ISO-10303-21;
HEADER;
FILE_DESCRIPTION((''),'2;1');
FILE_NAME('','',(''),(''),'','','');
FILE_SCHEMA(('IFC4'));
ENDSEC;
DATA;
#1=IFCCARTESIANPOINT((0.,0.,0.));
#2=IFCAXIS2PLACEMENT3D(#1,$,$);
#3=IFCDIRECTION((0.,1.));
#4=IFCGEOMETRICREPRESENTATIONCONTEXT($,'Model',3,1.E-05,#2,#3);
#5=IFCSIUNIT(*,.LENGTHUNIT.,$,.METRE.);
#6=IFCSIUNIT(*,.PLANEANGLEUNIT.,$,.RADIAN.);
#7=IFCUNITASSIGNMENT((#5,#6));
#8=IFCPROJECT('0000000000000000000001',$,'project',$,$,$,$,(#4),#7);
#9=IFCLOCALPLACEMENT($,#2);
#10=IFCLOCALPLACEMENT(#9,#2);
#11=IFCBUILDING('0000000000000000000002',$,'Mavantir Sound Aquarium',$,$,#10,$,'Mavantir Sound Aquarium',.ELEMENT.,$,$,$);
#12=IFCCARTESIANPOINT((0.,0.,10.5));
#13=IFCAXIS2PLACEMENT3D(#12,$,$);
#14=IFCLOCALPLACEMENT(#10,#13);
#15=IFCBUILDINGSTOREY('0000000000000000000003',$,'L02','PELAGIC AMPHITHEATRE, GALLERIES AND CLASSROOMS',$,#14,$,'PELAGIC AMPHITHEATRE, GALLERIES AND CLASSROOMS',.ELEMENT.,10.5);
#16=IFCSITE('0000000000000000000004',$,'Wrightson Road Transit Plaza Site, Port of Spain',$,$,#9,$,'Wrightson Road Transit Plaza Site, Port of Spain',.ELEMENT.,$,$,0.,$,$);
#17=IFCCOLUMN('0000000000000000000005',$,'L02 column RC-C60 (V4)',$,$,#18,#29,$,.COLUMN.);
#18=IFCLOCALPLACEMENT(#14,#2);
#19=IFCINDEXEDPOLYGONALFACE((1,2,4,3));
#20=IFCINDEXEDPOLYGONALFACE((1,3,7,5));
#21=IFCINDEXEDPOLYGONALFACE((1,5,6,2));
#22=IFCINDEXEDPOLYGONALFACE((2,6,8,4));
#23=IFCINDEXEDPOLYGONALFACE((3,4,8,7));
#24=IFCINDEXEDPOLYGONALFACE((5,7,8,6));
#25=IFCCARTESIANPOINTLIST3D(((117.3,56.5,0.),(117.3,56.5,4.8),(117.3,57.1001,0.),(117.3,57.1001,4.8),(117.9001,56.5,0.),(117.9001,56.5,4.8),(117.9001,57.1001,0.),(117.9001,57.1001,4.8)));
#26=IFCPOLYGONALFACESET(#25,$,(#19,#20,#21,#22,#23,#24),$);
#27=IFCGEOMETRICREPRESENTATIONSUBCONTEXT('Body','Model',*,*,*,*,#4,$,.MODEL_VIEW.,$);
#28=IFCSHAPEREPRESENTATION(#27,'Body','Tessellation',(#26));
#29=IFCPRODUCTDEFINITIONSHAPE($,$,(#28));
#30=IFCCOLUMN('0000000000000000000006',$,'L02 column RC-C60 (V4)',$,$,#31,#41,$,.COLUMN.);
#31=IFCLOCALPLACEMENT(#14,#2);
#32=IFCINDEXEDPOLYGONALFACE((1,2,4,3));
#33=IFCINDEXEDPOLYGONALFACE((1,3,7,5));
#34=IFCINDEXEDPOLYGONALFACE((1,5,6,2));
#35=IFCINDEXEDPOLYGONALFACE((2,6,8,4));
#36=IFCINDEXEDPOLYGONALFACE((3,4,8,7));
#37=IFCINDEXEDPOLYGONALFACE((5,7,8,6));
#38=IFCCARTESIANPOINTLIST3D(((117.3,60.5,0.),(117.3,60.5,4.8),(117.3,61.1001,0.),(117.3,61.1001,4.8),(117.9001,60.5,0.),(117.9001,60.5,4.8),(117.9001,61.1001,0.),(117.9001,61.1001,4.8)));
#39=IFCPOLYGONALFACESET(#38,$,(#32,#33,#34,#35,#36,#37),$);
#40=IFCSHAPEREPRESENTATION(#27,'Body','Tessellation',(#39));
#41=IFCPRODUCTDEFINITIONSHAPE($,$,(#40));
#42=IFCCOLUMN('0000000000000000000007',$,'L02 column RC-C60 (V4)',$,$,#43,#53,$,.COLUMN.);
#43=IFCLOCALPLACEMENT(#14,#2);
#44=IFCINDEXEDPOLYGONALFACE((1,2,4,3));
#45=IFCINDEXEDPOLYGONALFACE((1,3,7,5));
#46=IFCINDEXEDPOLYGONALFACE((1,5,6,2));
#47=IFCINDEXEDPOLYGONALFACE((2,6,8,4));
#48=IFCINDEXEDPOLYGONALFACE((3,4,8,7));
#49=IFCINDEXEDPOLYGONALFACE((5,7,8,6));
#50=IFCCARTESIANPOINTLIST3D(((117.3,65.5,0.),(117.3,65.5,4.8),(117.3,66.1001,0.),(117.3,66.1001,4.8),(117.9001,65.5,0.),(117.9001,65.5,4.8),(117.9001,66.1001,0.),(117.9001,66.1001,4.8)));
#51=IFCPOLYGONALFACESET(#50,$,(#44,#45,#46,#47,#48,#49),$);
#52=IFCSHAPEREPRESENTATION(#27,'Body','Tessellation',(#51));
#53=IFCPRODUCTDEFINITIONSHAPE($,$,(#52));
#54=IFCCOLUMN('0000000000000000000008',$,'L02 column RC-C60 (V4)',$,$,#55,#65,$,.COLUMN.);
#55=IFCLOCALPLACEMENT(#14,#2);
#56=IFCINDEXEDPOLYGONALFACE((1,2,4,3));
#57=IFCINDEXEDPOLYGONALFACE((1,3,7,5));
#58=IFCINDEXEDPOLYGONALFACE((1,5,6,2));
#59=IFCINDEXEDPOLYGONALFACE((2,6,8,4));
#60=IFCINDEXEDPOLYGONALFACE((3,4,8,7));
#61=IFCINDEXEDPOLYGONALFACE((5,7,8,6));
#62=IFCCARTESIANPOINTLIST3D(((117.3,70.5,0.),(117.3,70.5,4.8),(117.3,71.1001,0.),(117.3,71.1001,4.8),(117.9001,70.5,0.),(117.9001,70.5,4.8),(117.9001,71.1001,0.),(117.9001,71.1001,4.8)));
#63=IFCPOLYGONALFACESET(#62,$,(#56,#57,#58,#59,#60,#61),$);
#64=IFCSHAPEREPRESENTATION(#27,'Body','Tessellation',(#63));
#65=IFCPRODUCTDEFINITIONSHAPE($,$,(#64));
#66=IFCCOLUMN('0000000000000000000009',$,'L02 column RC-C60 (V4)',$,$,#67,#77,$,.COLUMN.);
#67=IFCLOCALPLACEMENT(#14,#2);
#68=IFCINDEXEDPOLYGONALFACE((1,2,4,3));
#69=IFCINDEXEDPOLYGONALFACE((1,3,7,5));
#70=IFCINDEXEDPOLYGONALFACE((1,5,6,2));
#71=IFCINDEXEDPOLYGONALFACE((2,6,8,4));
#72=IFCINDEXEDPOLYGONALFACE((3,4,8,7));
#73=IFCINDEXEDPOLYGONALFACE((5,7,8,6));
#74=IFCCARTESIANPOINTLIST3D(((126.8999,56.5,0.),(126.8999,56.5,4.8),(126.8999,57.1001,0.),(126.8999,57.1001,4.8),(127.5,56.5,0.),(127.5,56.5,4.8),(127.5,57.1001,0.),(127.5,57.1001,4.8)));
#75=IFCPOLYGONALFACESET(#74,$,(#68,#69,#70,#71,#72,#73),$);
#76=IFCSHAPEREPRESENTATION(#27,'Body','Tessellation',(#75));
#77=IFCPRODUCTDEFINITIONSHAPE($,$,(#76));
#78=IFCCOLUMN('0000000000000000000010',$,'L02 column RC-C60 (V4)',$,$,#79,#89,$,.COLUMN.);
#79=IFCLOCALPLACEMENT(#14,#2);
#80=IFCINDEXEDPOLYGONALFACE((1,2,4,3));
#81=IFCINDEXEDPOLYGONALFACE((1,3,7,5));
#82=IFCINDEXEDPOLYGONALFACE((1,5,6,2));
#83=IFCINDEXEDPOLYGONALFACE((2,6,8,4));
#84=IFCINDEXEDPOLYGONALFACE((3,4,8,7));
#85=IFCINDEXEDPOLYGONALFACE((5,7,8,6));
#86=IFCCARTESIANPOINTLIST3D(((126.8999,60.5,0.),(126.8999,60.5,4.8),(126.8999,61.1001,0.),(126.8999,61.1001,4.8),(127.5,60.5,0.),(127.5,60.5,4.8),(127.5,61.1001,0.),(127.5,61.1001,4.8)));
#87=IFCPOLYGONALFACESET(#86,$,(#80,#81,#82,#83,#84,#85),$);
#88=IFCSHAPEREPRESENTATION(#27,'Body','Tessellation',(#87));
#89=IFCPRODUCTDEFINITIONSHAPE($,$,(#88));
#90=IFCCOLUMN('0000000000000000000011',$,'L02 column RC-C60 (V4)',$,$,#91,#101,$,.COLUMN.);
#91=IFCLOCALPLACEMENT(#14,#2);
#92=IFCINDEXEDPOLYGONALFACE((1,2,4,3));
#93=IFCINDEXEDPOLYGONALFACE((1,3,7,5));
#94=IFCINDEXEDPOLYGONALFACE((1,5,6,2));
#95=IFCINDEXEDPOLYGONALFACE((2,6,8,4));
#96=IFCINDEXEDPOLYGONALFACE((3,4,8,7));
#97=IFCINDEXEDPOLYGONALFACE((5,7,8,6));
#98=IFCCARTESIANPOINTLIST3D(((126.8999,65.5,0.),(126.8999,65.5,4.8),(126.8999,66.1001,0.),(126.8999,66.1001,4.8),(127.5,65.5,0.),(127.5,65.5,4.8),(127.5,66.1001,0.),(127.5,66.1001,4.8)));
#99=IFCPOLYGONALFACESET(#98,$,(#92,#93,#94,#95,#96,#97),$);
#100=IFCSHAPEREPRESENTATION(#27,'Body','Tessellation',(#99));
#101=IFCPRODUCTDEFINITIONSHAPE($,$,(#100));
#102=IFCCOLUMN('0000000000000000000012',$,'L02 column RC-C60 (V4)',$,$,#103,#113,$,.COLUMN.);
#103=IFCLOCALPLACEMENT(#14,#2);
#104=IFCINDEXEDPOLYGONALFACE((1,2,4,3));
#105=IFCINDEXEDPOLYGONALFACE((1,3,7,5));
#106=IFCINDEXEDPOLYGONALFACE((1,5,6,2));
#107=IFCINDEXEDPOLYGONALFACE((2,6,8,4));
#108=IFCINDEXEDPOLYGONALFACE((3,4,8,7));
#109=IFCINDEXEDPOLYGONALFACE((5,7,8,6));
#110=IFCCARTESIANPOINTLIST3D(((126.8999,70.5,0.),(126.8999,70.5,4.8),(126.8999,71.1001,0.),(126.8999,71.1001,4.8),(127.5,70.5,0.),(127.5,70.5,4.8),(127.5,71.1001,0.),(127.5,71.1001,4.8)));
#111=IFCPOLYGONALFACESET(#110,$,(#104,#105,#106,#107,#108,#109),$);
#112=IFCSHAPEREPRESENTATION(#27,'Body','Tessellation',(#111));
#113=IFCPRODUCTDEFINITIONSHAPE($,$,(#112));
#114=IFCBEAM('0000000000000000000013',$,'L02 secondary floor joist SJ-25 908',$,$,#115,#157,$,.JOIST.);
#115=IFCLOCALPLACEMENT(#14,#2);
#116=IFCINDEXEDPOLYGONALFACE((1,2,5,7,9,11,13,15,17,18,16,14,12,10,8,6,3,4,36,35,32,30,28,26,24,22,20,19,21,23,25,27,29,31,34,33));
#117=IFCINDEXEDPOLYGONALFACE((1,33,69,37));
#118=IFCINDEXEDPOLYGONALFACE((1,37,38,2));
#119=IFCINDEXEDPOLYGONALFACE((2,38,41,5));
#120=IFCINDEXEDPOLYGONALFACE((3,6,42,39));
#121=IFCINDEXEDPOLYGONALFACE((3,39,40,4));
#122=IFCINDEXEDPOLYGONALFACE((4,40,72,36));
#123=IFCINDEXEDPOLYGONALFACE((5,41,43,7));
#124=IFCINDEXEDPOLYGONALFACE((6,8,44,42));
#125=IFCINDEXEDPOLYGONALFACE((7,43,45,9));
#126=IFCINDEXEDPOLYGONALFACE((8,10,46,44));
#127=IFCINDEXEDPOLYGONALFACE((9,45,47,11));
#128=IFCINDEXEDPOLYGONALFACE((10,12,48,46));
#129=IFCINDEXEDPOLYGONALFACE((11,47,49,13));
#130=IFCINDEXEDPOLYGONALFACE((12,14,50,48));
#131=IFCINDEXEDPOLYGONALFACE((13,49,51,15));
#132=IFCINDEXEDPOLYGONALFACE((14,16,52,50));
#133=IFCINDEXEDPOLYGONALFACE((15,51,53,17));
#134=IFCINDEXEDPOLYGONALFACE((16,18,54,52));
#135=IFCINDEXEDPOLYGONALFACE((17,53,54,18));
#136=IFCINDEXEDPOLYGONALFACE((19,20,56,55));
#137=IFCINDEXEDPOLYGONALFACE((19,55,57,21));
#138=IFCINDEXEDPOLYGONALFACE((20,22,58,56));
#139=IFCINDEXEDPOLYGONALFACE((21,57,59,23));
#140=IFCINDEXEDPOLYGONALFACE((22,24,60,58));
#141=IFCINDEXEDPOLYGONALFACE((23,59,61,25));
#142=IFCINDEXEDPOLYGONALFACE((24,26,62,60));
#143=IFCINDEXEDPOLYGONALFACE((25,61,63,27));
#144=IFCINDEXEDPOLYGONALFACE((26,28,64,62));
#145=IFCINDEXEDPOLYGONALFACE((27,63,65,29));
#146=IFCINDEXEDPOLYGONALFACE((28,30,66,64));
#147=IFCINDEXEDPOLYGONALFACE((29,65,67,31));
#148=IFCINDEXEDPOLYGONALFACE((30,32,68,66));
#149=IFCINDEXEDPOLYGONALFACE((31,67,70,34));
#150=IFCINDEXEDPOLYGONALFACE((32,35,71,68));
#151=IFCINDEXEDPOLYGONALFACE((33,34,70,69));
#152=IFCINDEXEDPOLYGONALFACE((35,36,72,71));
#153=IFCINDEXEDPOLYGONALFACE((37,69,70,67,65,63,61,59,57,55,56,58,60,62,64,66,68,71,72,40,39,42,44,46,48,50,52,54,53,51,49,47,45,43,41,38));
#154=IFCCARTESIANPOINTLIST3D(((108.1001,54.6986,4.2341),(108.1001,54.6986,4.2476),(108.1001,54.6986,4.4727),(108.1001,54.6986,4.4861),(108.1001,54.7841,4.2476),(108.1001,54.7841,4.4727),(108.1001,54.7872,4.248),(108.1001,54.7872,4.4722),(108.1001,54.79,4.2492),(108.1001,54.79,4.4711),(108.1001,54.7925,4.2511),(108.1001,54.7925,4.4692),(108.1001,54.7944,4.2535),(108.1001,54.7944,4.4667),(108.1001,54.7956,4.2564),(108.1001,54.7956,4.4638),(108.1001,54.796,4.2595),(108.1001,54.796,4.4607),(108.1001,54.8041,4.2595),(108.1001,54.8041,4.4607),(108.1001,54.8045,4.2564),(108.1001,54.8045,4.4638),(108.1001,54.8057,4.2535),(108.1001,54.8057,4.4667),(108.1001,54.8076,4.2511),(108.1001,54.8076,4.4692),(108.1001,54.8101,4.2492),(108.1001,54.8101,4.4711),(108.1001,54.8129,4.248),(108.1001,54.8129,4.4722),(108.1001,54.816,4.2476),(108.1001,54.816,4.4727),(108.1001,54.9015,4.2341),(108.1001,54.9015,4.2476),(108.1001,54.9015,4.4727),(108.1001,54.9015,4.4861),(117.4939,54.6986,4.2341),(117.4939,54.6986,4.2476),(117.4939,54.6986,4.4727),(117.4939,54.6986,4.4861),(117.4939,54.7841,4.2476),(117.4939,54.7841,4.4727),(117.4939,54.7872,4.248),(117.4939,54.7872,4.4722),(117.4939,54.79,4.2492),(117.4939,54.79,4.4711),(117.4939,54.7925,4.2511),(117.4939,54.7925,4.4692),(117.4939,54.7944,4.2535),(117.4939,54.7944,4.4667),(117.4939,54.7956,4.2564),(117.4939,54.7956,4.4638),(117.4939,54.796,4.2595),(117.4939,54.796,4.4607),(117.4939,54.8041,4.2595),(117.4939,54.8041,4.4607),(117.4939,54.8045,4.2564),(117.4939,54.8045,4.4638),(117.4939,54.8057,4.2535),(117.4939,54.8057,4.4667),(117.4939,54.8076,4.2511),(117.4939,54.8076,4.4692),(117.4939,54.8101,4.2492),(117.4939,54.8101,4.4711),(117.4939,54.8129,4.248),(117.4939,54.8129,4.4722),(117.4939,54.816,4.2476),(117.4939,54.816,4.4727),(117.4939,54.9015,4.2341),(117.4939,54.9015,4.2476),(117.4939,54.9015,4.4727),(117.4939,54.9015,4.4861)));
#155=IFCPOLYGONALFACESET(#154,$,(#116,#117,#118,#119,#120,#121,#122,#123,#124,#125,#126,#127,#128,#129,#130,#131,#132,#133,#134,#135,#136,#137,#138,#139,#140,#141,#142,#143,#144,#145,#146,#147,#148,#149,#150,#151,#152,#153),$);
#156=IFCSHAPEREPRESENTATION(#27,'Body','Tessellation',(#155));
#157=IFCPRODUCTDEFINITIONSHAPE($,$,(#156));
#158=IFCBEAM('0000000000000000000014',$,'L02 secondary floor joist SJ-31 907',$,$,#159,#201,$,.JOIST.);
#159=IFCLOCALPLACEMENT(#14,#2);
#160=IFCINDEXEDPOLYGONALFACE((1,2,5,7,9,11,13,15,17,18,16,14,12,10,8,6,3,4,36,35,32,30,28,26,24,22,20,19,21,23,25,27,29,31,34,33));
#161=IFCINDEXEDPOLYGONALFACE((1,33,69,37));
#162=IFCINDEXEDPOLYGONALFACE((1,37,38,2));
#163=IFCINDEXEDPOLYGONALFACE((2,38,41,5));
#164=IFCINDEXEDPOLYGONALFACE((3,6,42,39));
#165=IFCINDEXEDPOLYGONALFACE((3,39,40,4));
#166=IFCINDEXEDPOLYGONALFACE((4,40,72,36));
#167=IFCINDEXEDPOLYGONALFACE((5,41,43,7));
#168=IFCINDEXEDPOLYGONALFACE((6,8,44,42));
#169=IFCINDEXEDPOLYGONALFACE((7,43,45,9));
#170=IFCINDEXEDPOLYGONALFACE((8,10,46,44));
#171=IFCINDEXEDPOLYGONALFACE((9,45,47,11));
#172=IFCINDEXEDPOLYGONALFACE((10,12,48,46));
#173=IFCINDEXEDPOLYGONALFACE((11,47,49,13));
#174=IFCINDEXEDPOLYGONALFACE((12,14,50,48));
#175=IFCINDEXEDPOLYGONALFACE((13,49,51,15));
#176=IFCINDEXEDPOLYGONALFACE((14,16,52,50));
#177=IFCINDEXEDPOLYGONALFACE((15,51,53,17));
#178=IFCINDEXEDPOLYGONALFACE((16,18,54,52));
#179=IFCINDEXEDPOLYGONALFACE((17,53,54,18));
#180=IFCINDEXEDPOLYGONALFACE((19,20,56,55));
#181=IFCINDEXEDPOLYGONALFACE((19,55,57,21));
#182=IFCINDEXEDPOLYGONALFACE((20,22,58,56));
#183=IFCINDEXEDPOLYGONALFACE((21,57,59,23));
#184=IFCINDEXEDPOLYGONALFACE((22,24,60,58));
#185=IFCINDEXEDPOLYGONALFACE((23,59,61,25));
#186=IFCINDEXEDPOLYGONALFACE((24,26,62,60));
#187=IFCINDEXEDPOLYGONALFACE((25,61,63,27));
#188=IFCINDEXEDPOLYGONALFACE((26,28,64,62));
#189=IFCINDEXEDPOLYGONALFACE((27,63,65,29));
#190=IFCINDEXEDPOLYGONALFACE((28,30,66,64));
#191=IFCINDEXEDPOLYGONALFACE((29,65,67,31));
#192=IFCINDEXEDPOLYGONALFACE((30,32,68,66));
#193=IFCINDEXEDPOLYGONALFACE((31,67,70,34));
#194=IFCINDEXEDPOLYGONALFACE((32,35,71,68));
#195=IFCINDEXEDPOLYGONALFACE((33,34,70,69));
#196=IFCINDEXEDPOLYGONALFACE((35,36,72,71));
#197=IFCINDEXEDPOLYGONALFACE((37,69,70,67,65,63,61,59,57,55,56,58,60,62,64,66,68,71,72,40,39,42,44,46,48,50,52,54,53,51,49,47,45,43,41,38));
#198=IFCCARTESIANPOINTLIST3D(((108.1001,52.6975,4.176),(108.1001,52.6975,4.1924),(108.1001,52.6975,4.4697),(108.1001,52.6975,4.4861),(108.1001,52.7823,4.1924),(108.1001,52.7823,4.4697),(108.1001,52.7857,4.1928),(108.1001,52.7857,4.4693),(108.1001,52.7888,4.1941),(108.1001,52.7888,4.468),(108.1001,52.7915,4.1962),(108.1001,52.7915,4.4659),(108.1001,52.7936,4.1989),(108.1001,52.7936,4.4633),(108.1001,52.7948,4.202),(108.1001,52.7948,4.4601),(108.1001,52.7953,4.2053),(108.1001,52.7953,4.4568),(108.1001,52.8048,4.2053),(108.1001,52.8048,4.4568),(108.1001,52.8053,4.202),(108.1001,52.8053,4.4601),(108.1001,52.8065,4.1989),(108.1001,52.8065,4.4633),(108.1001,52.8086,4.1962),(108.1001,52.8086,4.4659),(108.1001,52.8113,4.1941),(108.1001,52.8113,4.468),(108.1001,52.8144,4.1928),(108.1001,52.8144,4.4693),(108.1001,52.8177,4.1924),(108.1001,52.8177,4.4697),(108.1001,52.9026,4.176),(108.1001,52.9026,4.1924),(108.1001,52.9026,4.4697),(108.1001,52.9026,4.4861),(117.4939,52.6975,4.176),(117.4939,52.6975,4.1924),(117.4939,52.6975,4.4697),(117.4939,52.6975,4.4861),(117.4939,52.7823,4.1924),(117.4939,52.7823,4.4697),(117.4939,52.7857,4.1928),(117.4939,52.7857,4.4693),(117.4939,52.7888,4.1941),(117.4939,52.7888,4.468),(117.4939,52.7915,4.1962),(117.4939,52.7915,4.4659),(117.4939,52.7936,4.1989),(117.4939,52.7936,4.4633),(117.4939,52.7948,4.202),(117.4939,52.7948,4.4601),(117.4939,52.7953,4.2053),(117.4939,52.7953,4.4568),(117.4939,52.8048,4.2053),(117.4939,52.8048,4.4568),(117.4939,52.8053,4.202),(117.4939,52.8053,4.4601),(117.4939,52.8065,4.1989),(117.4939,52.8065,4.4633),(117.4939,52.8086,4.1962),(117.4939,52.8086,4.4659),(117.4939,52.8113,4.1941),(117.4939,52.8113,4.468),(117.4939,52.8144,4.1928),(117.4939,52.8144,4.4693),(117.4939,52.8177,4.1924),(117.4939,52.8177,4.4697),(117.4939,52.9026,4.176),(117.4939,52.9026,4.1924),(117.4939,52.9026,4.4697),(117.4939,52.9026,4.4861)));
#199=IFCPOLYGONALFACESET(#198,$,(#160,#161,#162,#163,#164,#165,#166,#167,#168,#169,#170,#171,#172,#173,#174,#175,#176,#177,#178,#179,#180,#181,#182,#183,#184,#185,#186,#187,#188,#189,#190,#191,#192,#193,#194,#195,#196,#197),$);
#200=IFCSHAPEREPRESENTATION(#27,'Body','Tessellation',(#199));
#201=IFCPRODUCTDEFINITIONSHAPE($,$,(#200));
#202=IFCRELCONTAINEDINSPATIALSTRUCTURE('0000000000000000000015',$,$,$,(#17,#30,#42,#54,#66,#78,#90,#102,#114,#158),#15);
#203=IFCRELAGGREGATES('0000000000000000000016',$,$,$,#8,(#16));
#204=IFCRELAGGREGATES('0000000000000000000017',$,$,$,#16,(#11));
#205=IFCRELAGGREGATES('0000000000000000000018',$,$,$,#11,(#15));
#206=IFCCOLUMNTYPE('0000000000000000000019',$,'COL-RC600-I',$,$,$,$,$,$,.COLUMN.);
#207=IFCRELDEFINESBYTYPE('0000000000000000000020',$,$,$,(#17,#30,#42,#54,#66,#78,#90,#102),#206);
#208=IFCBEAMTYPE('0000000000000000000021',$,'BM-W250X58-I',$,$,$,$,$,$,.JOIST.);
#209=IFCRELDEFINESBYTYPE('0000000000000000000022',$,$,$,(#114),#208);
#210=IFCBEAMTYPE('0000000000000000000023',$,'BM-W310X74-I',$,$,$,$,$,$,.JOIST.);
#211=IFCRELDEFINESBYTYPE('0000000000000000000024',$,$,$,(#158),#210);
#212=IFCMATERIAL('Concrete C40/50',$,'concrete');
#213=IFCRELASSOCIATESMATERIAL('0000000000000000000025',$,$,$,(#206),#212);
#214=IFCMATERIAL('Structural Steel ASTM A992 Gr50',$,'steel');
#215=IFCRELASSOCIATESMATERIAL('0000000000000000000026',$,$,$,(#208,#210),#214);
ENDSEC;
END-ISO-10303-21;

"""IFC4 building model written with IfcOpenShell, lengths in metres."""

from ifc_helpers import new_model, si_unit, direction, frame, origin, origin_2d, place, context, subcontext, project, spatial, rectangle, i_section, extrude, material, material_profile, profile_set, type_object, element, save


model = new_model("IFC4")

# Units and contexts
model_context = context("Model", 3, precision=1e-05, world=origin(), true_north=direction((0.0, 1.0)))
body_context = subcontext(model_context, "Body", "Model", "MODEL_VIEW")
ifc_project = project(units=[si_unit("LENGTHUNIT", "METRE"), si_unit("PLANEANGLEUNIT", "RADIAN")], contexts=[model_context])

# Site, building, storey
site_placement = place(None, origin())
site = spatial("IfcSite", under=ifc_project, at=site_placement, Name="Wrightson Road Transit Plaza Site, Port of Spain", LongName="Wrightson Road Transit Plaza Site, Port of Spain", CompositionType="ELEMENT", RefElevation=0.0)
building_placement = place(site_placement, origin())
building = spatial("IfcBuilding", under=site, at=building_placement, Name="Mavantir Sound Aquarium", LongName="Mavantir Sound Aquarium", CompositionType="ELEMENT")
storey_placement = place(building_placement, frame((0.0, 0.0, 10.5)))
storey = spatial("IfcBuildingStorey", under=building, at=storey_placement, Name="L02", Description="PELAGIC AMPHITHEATRE, GALLERIES AND CLASSROOMS", LongName="PELAGIC AMPHITHEATRE, GALLERIES AND CLASSROOMS", CompositionType="ELEMENT", Elevation=10.5)

# Columns
ifc_material_1 = material(Name="Concrete C40/50", Category="concrete")
ifc_material_profile_1 = material_profile(ifc_material_1, rectangle(XDim=0.6001, YDim=0.6001, at=origin_2d()), Name="RC 600X600")
ifc_profile_set_1 = profile_set([ifc_material_profile_1], Name="Concrete C40/50")
column_type = type_object("IfcColumnType", Name="COL-RC600-I", PredefinedType="COLUMN", material=ifc_profile_set_1)
for number, where, z_axis, x_axis, name in (
    (1, (117.6001, 56.8, 0.0), (0.0, 0.0, 1.0), (1.0, 0.0, 0.0), "L02 column RC-C60 (V4)"),
    (2, (117.6001, 60.8, 0.0), (0.0, 0.0, 1.0), (1.0, 0.0, 0.0), "L02 column RC-C60 (V4)"),
    (3, (117.6001, 65.8, 0.0), (0.0, 0.0, 1.0), (1.0, 0.0, 0.0), "L02 column RC-C60 (V4)"),
    (4, (117.6001, 70.8, 0.0), (0.0, 0.0, 1.0), (1.0, 0.0, 0.0), "L02 column RC-C60 (V4)"),
    (5, (127.2, 56.8, 0.0), (0.0, 0.0, 1.0), (1.0, 0.0, 0.0), "L02 column RC-C60 (V4)"),
    (6, (127.2, 60.8, 0.0), (0.0, 0.0, 1.0), (1.0, 0.0, 0.0), "L02 column RC-C60 (V4)"),
    (7, (127.2, 65.8, 0.0), (0.0, 0.0, 1.0), (1.0, 0.0, 0.0), "L02 column RC-C60 (V4)"),
    (8, (127.2, 70.8, 0.0), (0.0, 0.0, 1.0), (1.0, 0.0, 0.0), "L02 column RC-C60 (V4)"),
):
    element("IfcColumn", number, at=place(storey_placement, frame(where, z_axis=z_axis, x_axis=x_axis)), inside=storey, type_object=column_type, Name=name, PredefinedType="COLUMN", context=body_context, shape_type="SweptSolid", body=[
        extrude(rectangle(XDim=0.6001, YDim=0.6001, at=origin_2d()), origin(), (0.0, 0.0, 1.0), 4.8),
    ])

# Beams
ifc_material_2 = material(Name="Structural Steel ASTM A992 Gr50", Category="steel")
ifc_material_profile_2 = material_profile(ifc_material_2, i_section(OverallWidth=0.2029, OverallDepth=0.252, WebThickness=0.0081, FlangeThickness=0.0134, FilletRadius=0.012, at=origin_2d()), Name="W250X58")
ifc_profile_set_2 = profile_set([ifc_material_profile_2], Name="Structural Steel ASTM A992 Gr50")
beam_type_1 = type_object("IfcBeamType", Name="BM-W250X58-I", PredefinedType="JOIST", material=ifc_profile_set_2)
beam_1_placement = place(storey_placement, frame((108.1001, 54.8, 4.3601), z_axis=(1.0, 0.0, 0.0), x_axis=(0.0, 1.0, 0.0)))
element("IfcBeam", 9, at=beam_1_placement, inside=storey, type_object=beam_type_1, Name="L02 secondary floor joist SJ-25 908", PredefinedType="JOIST", context=body_context, shape_type="SweptSolid", body=[
    extrude(i_section(OverallWidth=0.2029, OverallDepth=0.252, WebThickness=0.0081, FlangeThickness=0.0134, FilletRadius=0.012, at=origin_2d()), origin(), (0.0, 0.0, 1.0), 9.3938),
])
ifc_material_profile_3 = material_profile(ifc_material_2, i_section(OverallWidth=0.2051, OverallDepth=0.3101, WebThickness=0.0095, FlangeThickness=0.0164, FilletRadius=0.0129, at=origin_2d()), Name="W310X74")
ifc_profile_set_3 = profile_set([ifc_material_profile_3], Name="Structural Steel ASTM A992 Gr50")
beam_type_2 = type_object("IfcBeamType", Name="BM-W310X74-I", PredefinedType="JOIST", material=ifc_profile_set_3)
beam_2_placement = place(storey_placement, frame((108.1001, 52.8, 4.3311), z_axis=(1.0, 0.0, 0.0), x_axis=(0.0, 1.0, 0.0)))
element("IfcBeam", 10, at=beam_2_placement, inside=storey, type_object=beam_type_2, Name="L02 secondary floor joist SJ-31 907", PredefinedType="JOIST", context=body_context, shape_type="SweptSolid", body=[
    extrude(i_section(OverallWidth=0.2051, OverallDepth=0.3101, WebThickness=0.0095, FlangeThickness=0.0164, FilletRadius=0.0129, at=origin_2d()), origin(), (0.0, 0.0, 1.0), 9.3938),
])

save(model, "model.ifc")
